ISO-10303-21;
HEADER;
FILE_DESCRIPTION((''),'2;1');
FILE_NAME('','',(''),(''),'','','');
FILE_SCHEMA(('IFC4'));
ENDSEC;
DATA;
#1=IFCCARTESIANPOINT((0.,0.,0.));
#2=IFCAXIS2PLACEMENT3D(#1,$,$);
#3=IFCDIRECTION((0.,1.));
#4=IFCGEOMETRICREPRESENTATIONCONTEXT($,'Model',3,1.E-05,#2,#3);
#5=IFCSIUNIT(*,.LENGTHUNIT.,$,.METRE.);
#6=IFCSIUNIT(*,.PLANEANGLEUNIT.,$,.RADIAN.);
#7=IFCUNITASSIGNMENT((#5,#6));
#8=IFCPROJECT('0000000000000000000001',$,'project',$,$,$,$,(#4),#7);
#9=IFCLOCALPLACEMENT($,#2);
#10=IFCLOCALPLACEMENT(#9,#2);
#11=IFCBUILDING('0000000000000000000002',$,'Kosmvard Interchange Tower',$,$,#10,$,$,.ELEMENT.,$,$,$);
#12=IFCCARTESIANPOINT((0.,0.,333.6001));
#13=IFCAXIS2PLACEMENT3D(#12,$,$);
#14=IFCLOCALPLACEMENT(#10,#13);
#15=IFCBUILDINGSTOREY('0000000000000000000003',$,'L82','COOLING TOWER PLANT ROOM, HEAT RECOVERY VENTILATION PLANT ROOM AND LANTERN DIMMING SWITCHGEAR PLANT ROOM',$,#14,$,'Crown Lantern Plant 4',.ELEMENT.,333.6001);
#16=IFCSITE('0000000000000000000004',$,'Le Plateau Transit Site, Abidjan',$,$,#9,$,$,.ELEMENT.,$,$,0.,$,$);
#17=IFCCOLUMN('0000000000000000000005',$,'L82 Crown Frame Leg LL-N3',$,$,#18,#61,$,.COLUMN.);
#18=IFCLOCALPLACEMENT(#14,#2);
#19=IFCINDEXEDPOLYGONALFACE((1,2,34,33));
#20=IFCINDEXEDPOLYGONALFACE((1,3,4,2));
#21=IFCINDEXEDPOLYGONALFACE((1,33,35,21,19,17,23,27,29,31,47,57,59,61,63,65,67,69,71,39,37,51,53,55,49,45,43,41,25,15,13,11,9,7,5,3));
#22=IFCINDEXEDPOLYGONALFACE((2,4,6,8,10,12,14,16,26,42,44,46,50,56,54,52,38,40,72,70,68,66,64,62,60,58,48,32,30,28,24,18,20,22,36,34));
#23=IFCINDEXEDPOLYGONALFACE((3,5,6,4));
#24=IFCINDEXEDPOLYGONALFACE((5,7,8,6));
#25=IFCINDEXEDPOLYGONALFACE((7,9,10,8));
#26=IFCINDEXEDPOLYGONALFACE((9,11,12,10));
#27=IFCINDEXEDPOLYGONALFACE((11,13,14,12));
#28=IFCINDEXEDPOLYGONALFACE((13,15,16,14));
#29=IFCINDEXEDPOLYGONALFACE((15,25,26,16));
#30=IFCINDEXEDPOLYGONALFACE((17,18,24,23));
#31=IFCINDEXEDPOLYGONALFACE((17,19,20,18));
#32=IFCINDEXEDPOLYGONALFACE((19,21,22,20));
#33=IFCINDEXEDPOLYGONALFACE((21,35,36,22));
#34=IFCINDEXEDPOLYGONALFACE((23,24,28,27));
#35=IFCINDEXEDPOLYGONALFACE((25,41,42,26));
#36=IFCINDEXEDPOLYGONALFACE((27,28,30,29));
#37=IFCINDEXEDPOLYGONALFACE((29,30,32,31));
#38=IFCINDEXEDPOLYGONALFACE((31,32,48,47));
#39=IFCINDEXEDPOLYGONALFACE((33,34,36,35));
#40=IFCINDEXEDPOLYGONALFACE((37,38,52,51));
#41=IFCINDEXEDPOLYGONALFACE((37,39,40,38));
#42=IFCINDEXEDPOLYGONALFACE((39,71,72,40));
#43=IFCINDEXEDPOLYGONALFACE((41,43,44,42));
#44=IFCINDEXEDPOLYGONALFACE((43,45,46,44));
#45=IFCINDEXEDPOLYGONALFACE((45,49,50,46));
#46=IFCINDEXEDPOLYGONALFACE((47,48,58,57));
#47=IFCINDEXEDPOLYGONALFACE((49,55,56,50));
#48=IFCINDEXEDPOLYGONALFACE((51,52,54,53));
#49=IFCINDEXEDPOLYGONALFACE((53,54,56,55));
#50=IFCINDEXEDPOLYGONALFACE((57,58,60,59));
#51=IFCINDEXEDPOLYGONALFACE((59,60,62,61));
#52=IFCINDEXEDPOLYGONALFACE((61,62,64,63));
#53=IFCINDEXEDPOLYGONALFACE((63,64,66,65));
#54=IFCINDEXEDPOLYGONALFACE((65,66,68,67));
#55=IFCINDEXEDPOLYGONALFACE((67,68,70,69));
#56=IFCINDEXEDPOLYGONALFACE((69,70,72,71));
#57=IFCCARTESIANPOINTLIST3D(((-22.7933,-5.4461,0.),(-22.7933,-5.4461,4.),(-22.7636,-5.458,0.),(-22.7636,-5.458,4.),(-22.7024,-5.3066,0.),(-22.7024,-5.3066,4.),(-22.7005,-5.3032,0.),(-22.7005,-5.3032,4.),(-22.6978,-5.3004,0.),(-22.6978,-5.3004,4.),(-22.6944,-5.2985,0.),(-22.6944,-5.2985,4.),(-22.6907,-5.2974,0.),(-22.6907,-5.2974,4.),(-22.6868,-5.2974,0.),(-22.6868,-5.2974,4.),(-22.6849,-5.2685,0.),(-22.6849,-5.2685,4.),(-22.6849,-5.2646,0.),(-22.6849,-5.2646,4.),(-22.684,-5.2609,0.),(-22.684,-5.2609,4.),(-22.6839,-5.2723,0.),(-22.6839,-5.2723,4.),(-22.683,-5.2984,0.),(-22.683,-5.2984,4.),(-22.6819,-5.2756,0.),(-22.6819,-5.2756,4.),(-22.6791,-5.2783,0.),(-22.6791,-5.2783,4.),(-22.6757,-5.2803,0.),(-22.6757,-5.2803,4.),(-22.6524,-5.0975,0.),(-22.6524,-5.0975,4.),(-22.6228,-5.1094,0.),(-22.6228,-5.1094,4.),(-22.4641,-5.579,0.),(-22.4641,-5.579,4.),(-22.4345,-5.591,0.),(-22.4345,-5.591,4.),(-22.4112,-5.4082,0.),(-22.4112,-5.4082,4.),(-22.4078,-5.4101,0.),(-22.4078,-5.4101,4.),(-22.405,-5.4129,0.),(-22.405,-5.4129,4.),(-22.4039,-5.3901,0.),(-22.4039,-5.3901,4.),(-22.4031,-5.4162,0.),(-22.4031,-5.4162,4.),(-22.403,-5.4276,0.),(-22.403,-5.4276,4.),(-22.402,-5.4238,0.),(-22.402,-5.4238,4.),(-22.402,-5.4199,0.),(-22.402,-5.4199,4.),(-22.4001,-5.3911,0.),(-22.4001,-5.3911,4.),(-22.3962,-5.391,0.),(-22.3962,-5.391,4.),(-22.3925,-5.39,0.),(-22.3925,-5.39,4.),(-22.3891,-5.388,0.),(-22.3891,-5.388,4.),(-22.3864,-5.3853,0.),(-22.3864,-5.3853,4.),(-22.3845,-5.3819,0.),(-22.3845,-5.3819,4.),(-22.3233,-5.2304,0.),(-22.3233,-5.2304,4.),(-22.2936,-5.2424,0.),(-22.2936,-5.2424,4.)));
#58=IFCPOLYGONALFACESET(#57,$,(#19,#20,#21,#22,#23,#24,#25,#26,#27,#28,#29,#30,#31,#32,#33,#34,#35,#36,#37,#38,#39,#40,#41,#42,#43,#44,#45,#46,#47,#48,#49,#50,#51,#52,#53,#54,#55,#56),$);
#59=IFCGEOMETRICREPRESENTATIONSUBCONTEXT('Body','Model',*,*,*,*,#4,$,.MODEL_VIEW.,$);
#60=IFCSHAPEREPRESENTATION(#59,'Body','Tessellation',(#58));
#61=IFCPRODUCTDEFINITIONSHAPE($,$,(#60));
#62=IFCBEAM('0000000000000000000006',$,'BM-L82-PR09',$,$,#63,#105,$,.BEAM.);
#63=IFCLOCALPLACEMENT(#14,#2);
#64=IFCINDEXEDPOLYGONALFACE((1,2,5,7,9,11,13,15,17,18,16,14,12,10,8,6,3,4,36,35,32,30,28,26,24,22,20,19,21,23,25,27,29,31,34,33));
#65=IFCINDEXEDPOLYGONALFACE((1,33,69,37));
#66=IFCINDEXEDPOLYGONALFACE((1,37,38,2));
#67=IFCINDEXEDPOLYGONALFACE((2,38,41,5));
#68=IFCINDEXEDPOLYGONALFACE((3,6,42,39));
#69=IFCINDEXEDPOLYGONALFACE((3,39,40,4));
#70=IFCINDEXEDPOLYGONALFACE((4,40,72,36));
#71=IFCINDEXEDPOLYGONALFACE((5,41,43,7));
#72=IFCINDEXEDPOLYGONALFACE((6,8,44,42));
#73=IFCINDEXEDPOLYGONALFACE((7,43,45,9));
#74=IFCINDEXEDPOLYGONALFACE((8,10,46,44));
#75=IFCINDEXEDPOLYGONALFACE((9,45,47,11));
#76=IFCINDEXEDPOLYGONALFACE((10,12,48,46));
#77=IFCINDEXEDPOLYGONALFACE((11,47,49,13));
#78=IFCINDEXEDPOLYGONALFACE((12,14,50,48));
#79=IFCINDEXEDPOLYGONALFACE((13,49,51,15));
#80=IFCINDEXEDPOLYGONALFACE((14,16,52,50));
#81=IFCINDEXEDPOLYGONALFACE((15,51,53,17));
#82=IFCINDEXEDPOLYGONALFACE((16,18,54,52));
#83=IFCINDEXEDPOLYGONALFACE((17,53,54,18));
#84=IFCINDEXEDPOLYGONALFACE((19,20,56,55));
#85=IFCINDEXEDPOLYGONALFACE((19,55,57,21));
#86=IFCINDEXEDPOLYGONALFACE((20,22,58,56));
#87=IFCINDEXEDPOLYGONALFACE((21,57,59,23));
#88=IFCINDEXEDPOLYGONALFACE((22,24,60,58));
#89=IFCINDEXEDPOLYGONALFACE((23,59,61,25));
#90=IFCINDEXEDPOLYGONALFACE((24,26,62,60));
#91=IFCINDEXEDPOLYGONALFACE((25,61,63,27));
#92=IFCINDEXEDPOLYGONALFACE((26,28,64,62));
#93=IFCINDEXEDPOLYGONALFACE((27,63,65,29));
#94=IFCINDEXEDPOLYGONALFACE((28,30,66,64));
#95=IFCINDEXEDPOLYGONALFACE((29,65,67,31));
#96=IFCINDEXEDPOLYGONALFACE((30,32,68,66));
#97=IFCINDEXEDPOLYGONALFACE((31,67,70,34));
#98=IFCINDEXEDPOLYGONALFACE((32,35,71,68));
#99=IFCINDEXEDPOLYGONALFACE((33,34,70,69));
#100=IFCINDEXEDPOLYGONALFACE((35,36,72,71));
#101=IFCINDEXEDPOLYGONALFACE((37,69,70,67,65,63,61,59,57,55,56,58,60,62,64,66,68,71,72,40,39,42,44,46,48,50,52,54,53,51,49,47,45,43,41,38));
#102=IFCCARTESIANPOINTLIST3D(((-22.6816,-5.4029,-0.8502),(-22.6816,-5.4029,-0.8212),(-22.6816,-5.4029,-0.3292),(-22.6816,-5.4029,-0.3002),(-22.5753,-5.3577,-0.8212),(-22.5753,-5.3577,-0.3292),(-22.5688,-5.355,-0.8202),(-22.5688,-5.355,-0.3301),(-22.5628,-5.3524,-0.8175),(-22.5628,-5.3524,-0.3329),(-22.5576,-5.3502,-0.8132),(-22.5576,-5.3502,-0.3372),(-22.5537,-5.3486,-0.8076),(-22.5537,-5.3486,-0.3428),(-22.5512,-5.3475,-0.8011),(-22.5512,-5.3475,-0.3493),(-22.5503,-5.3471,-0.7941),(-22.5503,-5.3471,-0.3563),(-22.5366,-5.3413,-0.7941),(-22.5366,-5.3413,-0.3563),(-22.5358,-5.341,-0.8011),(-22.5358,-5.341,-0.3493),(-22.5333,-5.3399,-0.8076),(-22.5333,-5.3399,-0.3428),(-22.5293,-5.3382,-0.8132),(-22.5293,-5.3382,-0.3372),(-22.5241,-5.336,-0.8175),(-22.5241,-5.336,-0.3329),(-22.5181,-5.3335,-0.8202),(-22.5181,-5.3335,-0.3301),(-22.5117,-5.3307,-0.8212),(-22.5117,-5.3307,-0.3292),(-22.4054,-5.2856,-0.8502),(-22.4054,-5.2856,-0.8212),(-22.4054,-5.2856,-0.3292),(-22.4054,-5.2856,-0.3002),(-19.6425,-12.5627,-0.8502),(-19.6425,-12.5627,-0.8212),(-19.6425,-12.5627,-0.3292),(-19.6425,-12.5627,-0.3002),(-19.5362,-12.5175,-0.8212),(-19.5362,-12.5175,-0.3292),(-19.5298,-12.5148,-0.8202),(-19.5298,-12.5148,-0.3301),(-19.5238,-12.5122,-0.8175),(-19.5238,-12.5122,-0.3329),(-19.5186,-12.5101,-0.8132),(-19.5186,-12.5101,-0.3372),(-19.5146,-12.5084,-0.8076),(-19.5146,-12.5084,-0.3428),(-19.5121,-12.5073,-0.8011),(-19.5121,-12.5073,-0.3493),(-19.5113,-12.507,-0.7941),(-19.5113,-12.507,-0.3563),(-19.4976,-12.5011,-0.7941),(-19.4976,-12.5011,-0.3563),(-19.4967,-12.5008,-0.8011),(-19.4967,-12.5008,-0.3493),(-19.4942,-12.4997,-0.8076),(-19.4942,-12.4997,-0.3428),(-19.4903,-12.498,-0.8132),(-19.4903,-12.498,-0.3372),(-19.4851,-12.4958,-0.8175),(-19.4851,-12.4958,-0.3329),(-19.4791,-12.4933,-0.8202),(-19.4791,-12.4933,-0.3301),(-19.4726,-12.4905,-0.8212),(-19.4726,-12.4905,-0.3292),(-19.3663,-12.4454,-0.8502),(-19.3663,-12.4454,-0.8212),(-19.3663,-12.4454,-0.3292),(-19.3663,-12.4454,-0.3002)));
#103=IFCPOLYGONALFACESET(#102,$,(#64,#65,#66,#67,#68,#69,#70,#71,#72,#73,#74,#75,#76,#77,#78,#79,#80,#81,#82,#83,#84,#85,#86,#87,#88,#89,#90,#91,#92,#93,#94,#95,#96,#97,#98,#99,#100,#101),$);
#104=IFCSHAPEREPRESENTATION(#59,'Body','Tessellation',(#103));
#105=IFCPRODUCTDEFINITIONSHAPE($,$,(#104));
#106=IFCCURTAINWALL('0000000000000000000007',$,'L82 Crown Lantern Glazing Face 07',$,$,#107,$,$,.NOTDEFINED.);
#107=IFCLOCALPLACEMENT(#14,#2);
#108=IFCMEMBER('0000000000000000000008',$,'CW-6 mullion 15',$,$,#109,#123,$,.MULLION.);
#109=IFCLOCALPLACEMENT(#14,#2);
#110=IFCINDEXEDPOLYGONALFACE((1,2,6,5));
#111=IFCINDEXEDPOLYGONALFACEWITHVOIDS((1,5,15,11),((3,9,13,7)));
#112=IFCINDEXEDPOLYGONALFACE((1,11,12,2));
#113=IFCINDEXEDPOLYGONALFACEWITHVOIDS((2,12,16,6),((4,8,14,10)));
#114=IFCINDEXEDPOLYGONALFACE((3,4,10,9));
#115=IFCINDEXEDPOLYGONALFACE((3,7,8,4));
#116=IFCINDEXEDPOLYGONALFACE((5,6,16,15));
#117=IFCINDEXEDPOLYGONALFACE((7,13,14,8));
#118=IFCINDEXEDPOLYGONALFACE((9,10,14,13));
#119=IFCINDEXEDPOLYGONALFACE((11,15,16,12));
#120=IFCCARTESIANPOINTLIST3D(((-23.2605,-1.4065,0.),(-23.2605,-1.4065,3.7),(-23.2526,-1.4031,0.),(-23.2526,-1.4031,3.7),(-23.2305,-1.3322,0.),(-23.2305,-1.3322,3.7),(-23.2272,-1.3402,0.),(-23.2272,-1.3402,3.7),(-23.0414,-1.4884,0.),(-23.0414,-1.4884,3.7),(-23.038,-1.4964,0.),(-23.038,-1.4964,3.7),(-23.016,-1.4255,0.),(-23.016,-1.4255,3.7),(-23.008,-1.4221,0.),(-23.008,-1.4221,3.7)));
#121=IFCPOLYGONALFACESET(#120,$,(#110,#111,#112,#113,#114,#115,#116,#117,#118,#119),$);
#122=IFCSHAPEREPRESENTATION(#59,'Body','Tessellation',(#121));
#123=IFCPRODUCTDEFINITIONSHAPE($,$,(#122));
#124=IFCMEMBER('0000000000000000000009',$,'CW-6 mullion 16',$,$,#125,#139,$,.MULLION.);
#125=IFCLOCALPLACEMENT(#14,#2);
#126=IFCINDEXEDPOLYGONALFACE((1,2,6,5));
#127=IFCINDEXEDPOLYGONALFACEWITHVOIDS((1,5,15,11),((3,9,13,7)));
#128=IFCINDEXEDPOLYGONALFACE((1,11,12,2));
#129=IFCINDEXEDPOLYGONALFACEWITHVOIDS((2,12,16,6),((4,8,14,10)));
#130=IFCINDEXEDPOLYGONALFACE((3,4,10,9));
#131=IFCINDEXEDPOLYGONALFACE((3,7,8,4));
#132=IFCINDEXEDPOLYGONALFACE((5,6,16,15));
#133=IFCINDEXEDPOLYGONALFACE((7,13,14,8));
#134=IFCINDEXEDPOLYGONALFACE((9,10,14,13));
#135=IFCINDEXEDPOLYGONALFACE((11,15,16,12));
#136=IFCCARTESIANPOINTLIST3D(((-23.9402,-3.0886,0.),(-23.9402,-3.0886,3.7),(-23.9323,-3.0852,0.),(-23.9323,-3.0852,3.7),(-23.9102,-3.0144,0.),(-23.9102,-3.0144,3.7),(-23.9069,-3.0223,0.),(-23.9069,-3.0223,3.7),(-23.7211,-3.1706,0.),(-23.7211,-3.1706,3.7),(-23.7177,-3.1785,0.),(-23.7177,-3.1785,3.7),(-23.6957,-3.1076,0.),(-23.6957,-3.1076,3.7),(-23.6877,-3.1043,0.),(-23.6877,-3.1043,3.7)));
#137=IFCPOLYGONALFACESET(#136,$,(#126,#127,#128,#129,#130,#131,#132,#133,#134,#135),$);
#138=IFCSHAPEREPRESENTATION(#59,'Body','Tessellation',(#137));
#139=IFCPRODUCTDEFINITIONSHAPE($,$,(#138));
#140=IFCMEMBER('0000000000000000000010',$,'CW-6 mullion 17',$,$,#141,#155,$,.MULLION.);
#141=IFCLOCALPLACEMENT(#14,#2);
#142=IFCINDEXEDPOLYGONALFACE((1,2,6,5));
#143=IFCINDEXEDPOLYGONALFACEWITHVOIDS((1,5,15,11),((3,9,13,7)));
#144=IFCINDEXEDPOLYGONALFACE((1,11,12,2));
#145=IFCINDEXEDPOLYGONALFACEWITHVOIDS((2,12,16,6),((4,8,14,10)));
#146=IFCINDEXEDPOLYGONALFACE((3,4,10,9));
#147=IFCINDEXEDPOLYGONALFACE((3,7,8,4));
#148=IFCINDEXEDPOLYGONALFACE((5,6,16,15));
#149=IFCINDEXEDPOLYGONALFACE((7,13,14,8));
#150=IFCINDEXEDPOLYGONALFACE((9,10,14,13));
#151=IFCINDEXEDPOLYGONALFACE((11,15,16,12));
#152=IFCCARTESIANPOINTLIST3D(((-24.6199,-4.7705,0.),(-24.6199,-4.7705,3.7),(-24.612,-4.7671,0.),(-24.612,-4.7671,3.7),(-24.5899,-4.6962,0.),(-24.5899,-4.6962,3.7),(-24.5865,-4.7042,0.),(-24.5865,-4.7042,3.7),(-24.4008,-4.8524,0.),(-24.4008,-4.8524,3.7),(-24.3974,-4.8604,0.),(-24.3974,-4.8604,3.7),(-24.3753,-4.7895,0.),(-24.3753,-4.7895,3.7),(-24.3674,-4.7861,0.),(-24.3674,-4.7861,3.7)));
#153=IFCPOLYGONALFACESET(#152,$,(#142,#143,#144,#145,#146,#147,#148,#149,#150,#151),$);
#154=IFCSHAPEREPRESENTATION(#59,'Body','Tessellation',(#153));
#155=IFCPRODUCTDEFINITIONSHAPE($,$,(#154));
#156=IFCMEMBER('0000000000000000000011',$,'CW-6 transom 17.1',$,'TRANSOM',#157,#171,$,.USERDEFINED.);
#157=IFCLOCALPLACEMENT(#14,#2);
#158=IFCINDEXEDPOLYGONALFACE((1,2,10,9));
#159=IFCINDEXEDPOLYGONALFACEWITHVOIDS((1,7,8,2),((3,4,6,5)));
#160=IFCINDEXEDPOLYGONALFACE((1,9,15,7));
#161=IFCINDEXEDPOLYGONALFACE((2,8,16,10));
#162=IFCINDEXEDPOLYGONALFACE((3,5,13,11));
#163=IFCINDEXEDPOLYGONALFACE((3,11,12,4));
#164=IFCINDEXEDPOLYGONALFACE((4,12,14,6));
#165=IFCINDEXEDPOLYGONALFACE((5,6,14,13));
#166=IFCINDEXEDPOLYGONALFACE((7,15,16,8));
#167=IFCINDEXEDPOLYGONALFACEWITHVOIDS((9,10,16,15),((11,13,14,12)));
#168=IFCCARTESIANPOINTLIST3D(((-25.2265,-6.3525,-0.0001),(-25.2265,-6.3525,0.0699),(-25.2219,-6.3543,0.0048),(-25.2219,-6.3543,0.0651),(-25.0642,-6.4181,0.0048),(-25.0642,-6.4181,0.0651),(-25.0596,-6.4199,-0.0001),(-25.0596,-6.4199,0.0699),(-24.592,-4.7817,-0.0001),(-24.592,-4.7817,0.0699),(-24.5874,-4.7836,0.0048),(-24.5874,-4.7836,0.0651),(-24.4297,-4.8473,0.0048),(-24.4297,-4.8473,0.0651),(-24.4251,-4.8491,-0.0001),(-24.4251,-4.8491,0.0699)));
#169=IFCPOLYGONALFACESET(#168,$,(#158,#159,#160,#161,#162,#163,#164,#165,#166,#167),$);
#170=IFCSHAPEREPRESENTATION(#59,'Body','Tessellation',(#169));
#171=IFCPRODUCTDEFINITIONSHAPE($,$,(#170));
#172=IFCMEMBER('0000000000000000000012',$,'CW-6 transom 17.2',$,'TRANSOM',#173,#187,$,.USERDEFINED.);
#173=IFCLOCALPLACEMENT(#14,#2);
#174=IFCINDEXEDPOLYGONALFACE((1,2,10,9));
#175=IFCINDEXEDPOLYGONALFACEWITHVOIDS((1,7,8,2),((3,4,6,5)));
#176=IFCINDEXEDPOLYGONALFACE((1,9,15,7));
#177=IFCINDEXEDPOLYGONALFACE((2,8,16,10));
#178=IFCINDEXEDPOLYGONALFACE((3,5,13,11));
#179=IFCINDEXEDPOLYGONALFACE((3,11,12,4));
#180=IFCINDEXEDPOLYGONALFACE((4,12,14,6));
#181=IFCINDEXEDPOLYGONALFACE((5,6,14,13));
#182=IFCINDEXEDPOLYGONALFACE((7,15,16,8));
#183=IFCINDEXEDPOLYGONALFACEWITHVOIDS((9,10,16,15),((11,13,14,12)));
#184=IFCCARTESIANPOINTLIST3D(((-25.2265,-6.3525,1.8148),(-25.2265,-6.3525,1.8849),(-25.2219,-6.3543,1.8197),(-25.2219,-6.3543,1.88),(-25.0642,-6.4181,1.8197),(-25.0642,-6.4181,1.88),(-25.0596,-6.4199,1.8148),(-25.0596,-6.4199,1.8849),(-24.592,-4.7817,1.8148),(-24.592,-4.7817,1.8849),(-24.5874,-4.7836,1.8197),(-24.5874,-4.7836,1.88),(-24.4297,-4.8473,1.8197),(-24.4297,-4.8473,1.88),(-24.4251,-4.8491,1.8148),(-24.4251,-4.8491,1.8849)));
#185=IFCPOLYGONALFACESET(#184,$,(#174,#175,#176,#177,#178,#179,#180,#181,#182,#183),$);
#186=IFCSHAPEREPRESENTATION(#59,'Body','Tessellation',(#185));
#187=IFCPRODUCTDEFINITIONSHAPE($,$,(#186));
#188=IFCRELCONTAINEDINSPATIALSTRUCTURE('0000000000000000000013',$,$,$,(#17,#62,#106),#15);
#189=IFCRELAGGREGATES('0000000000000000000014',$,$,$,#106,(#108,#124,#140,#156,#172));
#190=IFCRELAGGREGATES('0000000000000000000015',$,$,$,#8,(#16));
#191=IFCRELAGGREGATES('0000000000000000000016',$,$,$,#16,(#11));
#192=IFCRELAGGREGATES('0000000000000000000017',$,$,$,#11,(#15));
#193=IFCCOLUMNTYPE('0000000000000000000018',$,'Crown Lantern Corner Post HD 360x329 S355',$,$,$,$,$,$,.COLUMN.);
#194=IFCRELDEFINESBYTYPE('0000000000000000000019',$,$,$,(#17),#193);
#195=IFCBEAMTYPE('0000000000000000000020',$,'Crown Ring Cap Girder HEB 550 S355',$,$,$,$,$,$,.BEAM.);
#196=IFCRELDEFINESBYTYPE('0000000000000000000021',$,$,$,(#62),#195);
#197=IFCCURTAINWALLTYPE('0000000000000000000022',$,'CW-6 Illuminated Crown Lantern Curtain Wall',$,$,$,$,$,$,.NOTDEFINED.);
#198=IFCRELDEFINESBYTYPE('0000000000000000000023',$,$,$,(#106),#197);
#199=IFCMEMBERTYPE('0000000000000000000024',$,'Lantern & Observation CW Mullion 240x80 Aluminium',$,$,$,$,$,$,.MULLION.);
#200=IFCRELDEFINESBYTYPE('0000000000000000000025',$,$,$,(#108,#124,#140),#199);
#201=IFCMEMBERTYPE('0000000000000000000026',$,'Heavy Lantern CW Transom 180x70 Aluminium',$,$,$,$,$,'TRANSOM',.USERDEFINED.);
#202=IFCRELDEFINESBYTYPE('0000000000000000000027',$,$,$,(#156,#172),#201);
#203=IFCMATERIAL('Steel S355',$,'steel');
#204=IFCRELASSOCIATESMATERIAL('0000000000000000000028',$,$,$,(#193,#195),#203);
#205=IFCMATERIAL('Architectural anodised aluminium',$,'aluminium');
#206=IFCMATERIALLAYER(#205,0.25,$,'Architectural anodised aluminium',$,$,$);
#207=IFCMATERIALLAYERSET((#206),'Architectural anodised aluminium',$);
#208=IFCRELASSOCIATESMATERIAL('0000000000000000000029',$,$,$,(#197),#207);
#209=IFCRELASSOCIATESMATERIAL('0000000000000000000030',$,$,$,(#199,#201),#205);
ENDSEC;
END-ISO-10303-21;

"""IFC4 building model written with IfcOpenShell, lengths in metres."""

from ifc_helpers import new_model, si_unit, direction, frame, origin, origin_2d, place, context, subcontext, project, spatial, hollow_rectangle, i_section, extrude, source, transform, mapped, material, layer, layer_set, material_profile, profile_set, type_object, element, aggregate, save


model = new_model("IFC4")

# Units and contexts
model_context = context("Model", 3, precision=1e-05, world=origin(), true_north=direction((0.0, 1.0)))
body_context = subcontext(model_context, "Body", "Model", "MODEL_VIEW")
ifc_project = project(units=[si_unit("LENGTHUNIT", "METRE"), si_unit("PLANEANGLEUNIT", "RADIAN")], contexts=[model_context])

# Site, building, storey
site_placement = place(None, origin())
site = spatial("IfcSite", under=ifc_project, at=site_placement, Name="Le Plateau Transit Site, Abidjan", CompositionType="ELEMENT", RefElevation=0.0)
building_placement = place(site_placement, origin())
building = spatial("IfcBuilding", under=site, at=building_placement, Name="Kosmvard Interchange Tower", CompositionType="ELEMENT")
storey_placement = place(building_placement, frame((0.0, 0.0, 333.6001)))
storey = spatial("IfcBuildingStorey", under=building, at=storey_placement, Name="L82", Description="COOLING TOWER PLANT ROOM, HEAT RECOVERY VENTILATION PLANT ROOM AND LANTERN DIMMING SWITCHGEAR PLANT ROOM", LongName="Crown Lantern Plant 4", CompositionType="ELEMENT", Elevation=333.6001)

# Column
ifc_material_1 = material(Name="Steel S355", Category="steel")
ifc_material_profile_1 = material_profile(ifc_material_1, i_section(OverallWidth=0.376, OverallDepth=0.387, WebThickness=0.0195, FlangeThickness=0.032, FilletRadius=0.0149, at=origin_2d()), Name="HD 360x329")
ifc_profile_set_1 = profile_set([ifc_material_profile_1], Name="Steel S355")
column_type = type_object("IfcColumnType", Name="Crown Lantern Corner Post HD 360x329 S355", PredefinedType="COLUMN", material=ifc_profile_set_1)
shared_shape_1 = source(origin(), body_context, "Body", "SweptSolid", [
    extrude(i_section(OverallWidth=0.376, OverallDepth=0.387, WebThickness=0.0195, FlangeThickness=0.032, FilletRadius=0.0149, at=origin_2d()), origin(), (0.0, 0.0, 1.0), 4.0),
])
column_placement = place(storey_placement, frame((-22.5435, -5.3442, 0.0), z_axis=(0.0, 0.0, 1.0), x_axis=(0.374607, 0.927184, 0.0)))
element("IfcColumn", 1, at=column_placement, inside=storey, type_object=column_type, Name="L82 Crown Frame Leg LL-N3", PredefinedType="COLUMN", context=body_context, shape_type="MappedRepresentation", body=[
    mapped(shared_shape_1, transform((0.0, 0.0, 0.0), scale=1.0)),
])

# Beam
ifc_material_profile_2 = material_profile(ifc_material_1, i_section(OverallWidth=0.3, OverallDepth=0.55, WebThickness=0.0149, FlangeThickness=0.0291, FilletRadius=0.0271, at=origin_2d()), Name="HEB 550")
ifc_profile_set_2 = profile_set([ifc_material_profile_2], Name="Steel S355")
beam_type = type_object("IfcBeamType", Name="Crown Ring Cap Girder HEB 550 S355", PredefinedType="BEAM", material=ifc_profile_set_2)
shared_shape_2 = source(origin(), body_context, "Body", "SweptSolid", [
    extrude(i_section(OverallWidth=0.3, OverallDepth=0.55, WebThickness=0.0149, FlangeThickness=0.0291, FilletRadius=0.0271, at=origin_2d()), origin(), (0.0, 0.0, 1.0), 7.7781),
])
beam_placement = place(storey_placement, frame((-22.5435, -5.3442, -0.5752), z_axis=(0.390716, -0.920511, 0.0), x_axis=(0.920511, 0.390716, 0.0)))
element("IfcBeam", 2, at=beam_placement, inside=storey, type_object=beam_type, Name="BM-L82-PR09", PredefinedType="BEAM", context=body_context, shape_type="MappedRepresentation", body=[
    mapped(shared_shape_2, transform((0.0, 0.0, 0.0), scale=1.0)),
])

# Curtain wall, members
ifc_material_2 = material(Name="Architectural anodised aluminium", Category="aluminium")
ifc_layer_1 = layer(ifc_material_2, 0.25, Name="Architectural anodised aluminium")
ifc_layer_set_1 = layer_set([ifc_layer_1], Name="Architectural anodised aluminium")
curtain_wall_type = type_object("IfcCurtainWallType", Name="CW-6 Illuminated Crown Lantern Curtain Wall", PredefinedType="NOTDEFINED", material=ifc_layer_set_1)
curtain_wall_placement = place(storey_placement, origin())
curtain_wall = element("IfcCurtainWall", 3, at=curtain_wall_placement, inside=storey, type_object=curtain_wall_type, Name="L82 Crown Lantern Glazing Face 07", PredefinedType="NOTDEFINED")
ifc_material_profile_3 = material_profile(ifc_material_2, hollow_rectangle(XDim=0.24, YDim=0.0801, WallThickness=0.0061, at=origin_2d()), Name="CWM 240x80x6")
ifc_profile_set_3 = profile_set([ifc_material_profile_3], Name="Architectural anodised aluminium")
member_type_1 = type_object("IfcMemberType", Name="Lantern & Observation CW Mullion 240x80 Aluminium", PredefinedType="MULLION", material=ifc_profile_set_3)
shared_shape_3 = source(origin(), body_context, "Body", "SweptSolid", [
    extrude(hollow_rectangle(XDim=0.24, YDim=0.0801, WallThickness=0.0061, at=origin_2d()), origin(), (0.0, 0.0, 1.0), 3.7),
])
member_1_placement = place(storey_placement, frame((-23.1343, -1.4143, 0.0), z_axis=(0.0, 0.0, 1.0), x_axis=(0.927184, -0.374607, 0.0)))
member_1 = element("IfcMember", 4, at=member_1_placement, type_object=member_type_1, Name="CW-6 mullion 15", PredefinedType="MULLION", context=body_context, shape_type="MappedRepresentation", body=[
    mapped(shared_shape_3, transform((0.0, 0.0, 0.0), scale=1.0)),
])
member_2_placement = place(storey_placement, frame((-23.814, -3.0964, 0.0), z_axis=(0.0, 0.0, 1.0), x_axis=(0.927184, -0.374607, 0.0)))
member_2 = element("IfcMember", 5, at=member_2_placement, type_object=member_type_1, Name="CW-6 mullion 16", PredefinedType="MULLION", context=body_context, shape_type="MappedRepresentation", body=[
    mapped(shared_shape_3, transform((0.0, 0.0, 0.0), scale=1.0)),
])
member_3_placement = place(storey_placement, frame((-24.4937, -4.7783, 0.0), z_axis=(0.0, 0.0, 1.0), x_axis=(0.927184, -0.374607, 0.0)))
member_3 = element("IfcMember", 6, at=member_3_placement, type_object=member_type_1, Name="CW-6 mullion 17", PredefinedType="MULLION", context=body_context, shape_type="MappedRepresentation", body=[
    mapped(shared_shape_3, transform((0.0, 0.0, 0.0), scale=1.0)),
])
ifc_material_profile_4 = material_profile(ifc_material_2, hollow_rectangle(XDim=0.1799, YDim=0.0701, WallThickness=0.0049, at=origin_2d()), Name="CWT 180x70x5")
ifc_profile_set_4 = profile_set([ifc_material_profile_4], Name="Architectural anodised aluminium")
member_type_2 = type_object("IfcMemberType", Name="Heavy Lantern CW Transom 180x70 Aluminium", ElementType="TRANSOM", PredefinedType="USERDEFINED", material=ifc_profile_set_4)
shared_shape_4 = source(origin(), body_context, "Body", "SweptSolid", [
    extrude(hollow_rectangle(XDim=0.1799, YDim=0.0701, WallThickness=0.0049, at=origin_2d()), origin(), (0.0, 0.0, 1.0), 1.6941),
])
member_4_placement = place(storey_placement, frame((-24.5085, -4.8154, 0.0349), z_axis=(-0.374544, -0.927209, 0.0), x_axis=(0.927209, -0.374544, 0.0)))
member_4 = element("IfcMember", 7, at=member_4_placement, type_object=member_type_2, Name="CW-6 transom 17.1", ObjectType="TRANSOM", PredefinedType="USERDEFINED", context=body_context, shape_type="MappedRepresentation", body=[
    mapped(shared_shape_4, transform((0.0, 0.0, 0.0), scale=1.0)),
])
member_5_placement = place(storey_placement, frame((-24.5085, -4.8154, 1.8499), z_axis=(-0.374544, -0.927209, 0.0), x_axis=(0.927209, -0.374544, 0.0)))
member_5 = element("IfcMember", 8, at=member_5_placement, type_object=member_type_2, Name="CW-6 transom 17.2", ObjectType="TRANSOM", PredefinedType="USERDEFINED", context=body_context, shape_type="MappedRepresentation", body=[
    mapped(shared_shape_4, transform((0.0, 0.0, 0.0), scale=1.0)),
])

aggregate(curtain_wall, [member_1, member_2, member_3, member_4, member_5])

save(model, "model.ifc")
